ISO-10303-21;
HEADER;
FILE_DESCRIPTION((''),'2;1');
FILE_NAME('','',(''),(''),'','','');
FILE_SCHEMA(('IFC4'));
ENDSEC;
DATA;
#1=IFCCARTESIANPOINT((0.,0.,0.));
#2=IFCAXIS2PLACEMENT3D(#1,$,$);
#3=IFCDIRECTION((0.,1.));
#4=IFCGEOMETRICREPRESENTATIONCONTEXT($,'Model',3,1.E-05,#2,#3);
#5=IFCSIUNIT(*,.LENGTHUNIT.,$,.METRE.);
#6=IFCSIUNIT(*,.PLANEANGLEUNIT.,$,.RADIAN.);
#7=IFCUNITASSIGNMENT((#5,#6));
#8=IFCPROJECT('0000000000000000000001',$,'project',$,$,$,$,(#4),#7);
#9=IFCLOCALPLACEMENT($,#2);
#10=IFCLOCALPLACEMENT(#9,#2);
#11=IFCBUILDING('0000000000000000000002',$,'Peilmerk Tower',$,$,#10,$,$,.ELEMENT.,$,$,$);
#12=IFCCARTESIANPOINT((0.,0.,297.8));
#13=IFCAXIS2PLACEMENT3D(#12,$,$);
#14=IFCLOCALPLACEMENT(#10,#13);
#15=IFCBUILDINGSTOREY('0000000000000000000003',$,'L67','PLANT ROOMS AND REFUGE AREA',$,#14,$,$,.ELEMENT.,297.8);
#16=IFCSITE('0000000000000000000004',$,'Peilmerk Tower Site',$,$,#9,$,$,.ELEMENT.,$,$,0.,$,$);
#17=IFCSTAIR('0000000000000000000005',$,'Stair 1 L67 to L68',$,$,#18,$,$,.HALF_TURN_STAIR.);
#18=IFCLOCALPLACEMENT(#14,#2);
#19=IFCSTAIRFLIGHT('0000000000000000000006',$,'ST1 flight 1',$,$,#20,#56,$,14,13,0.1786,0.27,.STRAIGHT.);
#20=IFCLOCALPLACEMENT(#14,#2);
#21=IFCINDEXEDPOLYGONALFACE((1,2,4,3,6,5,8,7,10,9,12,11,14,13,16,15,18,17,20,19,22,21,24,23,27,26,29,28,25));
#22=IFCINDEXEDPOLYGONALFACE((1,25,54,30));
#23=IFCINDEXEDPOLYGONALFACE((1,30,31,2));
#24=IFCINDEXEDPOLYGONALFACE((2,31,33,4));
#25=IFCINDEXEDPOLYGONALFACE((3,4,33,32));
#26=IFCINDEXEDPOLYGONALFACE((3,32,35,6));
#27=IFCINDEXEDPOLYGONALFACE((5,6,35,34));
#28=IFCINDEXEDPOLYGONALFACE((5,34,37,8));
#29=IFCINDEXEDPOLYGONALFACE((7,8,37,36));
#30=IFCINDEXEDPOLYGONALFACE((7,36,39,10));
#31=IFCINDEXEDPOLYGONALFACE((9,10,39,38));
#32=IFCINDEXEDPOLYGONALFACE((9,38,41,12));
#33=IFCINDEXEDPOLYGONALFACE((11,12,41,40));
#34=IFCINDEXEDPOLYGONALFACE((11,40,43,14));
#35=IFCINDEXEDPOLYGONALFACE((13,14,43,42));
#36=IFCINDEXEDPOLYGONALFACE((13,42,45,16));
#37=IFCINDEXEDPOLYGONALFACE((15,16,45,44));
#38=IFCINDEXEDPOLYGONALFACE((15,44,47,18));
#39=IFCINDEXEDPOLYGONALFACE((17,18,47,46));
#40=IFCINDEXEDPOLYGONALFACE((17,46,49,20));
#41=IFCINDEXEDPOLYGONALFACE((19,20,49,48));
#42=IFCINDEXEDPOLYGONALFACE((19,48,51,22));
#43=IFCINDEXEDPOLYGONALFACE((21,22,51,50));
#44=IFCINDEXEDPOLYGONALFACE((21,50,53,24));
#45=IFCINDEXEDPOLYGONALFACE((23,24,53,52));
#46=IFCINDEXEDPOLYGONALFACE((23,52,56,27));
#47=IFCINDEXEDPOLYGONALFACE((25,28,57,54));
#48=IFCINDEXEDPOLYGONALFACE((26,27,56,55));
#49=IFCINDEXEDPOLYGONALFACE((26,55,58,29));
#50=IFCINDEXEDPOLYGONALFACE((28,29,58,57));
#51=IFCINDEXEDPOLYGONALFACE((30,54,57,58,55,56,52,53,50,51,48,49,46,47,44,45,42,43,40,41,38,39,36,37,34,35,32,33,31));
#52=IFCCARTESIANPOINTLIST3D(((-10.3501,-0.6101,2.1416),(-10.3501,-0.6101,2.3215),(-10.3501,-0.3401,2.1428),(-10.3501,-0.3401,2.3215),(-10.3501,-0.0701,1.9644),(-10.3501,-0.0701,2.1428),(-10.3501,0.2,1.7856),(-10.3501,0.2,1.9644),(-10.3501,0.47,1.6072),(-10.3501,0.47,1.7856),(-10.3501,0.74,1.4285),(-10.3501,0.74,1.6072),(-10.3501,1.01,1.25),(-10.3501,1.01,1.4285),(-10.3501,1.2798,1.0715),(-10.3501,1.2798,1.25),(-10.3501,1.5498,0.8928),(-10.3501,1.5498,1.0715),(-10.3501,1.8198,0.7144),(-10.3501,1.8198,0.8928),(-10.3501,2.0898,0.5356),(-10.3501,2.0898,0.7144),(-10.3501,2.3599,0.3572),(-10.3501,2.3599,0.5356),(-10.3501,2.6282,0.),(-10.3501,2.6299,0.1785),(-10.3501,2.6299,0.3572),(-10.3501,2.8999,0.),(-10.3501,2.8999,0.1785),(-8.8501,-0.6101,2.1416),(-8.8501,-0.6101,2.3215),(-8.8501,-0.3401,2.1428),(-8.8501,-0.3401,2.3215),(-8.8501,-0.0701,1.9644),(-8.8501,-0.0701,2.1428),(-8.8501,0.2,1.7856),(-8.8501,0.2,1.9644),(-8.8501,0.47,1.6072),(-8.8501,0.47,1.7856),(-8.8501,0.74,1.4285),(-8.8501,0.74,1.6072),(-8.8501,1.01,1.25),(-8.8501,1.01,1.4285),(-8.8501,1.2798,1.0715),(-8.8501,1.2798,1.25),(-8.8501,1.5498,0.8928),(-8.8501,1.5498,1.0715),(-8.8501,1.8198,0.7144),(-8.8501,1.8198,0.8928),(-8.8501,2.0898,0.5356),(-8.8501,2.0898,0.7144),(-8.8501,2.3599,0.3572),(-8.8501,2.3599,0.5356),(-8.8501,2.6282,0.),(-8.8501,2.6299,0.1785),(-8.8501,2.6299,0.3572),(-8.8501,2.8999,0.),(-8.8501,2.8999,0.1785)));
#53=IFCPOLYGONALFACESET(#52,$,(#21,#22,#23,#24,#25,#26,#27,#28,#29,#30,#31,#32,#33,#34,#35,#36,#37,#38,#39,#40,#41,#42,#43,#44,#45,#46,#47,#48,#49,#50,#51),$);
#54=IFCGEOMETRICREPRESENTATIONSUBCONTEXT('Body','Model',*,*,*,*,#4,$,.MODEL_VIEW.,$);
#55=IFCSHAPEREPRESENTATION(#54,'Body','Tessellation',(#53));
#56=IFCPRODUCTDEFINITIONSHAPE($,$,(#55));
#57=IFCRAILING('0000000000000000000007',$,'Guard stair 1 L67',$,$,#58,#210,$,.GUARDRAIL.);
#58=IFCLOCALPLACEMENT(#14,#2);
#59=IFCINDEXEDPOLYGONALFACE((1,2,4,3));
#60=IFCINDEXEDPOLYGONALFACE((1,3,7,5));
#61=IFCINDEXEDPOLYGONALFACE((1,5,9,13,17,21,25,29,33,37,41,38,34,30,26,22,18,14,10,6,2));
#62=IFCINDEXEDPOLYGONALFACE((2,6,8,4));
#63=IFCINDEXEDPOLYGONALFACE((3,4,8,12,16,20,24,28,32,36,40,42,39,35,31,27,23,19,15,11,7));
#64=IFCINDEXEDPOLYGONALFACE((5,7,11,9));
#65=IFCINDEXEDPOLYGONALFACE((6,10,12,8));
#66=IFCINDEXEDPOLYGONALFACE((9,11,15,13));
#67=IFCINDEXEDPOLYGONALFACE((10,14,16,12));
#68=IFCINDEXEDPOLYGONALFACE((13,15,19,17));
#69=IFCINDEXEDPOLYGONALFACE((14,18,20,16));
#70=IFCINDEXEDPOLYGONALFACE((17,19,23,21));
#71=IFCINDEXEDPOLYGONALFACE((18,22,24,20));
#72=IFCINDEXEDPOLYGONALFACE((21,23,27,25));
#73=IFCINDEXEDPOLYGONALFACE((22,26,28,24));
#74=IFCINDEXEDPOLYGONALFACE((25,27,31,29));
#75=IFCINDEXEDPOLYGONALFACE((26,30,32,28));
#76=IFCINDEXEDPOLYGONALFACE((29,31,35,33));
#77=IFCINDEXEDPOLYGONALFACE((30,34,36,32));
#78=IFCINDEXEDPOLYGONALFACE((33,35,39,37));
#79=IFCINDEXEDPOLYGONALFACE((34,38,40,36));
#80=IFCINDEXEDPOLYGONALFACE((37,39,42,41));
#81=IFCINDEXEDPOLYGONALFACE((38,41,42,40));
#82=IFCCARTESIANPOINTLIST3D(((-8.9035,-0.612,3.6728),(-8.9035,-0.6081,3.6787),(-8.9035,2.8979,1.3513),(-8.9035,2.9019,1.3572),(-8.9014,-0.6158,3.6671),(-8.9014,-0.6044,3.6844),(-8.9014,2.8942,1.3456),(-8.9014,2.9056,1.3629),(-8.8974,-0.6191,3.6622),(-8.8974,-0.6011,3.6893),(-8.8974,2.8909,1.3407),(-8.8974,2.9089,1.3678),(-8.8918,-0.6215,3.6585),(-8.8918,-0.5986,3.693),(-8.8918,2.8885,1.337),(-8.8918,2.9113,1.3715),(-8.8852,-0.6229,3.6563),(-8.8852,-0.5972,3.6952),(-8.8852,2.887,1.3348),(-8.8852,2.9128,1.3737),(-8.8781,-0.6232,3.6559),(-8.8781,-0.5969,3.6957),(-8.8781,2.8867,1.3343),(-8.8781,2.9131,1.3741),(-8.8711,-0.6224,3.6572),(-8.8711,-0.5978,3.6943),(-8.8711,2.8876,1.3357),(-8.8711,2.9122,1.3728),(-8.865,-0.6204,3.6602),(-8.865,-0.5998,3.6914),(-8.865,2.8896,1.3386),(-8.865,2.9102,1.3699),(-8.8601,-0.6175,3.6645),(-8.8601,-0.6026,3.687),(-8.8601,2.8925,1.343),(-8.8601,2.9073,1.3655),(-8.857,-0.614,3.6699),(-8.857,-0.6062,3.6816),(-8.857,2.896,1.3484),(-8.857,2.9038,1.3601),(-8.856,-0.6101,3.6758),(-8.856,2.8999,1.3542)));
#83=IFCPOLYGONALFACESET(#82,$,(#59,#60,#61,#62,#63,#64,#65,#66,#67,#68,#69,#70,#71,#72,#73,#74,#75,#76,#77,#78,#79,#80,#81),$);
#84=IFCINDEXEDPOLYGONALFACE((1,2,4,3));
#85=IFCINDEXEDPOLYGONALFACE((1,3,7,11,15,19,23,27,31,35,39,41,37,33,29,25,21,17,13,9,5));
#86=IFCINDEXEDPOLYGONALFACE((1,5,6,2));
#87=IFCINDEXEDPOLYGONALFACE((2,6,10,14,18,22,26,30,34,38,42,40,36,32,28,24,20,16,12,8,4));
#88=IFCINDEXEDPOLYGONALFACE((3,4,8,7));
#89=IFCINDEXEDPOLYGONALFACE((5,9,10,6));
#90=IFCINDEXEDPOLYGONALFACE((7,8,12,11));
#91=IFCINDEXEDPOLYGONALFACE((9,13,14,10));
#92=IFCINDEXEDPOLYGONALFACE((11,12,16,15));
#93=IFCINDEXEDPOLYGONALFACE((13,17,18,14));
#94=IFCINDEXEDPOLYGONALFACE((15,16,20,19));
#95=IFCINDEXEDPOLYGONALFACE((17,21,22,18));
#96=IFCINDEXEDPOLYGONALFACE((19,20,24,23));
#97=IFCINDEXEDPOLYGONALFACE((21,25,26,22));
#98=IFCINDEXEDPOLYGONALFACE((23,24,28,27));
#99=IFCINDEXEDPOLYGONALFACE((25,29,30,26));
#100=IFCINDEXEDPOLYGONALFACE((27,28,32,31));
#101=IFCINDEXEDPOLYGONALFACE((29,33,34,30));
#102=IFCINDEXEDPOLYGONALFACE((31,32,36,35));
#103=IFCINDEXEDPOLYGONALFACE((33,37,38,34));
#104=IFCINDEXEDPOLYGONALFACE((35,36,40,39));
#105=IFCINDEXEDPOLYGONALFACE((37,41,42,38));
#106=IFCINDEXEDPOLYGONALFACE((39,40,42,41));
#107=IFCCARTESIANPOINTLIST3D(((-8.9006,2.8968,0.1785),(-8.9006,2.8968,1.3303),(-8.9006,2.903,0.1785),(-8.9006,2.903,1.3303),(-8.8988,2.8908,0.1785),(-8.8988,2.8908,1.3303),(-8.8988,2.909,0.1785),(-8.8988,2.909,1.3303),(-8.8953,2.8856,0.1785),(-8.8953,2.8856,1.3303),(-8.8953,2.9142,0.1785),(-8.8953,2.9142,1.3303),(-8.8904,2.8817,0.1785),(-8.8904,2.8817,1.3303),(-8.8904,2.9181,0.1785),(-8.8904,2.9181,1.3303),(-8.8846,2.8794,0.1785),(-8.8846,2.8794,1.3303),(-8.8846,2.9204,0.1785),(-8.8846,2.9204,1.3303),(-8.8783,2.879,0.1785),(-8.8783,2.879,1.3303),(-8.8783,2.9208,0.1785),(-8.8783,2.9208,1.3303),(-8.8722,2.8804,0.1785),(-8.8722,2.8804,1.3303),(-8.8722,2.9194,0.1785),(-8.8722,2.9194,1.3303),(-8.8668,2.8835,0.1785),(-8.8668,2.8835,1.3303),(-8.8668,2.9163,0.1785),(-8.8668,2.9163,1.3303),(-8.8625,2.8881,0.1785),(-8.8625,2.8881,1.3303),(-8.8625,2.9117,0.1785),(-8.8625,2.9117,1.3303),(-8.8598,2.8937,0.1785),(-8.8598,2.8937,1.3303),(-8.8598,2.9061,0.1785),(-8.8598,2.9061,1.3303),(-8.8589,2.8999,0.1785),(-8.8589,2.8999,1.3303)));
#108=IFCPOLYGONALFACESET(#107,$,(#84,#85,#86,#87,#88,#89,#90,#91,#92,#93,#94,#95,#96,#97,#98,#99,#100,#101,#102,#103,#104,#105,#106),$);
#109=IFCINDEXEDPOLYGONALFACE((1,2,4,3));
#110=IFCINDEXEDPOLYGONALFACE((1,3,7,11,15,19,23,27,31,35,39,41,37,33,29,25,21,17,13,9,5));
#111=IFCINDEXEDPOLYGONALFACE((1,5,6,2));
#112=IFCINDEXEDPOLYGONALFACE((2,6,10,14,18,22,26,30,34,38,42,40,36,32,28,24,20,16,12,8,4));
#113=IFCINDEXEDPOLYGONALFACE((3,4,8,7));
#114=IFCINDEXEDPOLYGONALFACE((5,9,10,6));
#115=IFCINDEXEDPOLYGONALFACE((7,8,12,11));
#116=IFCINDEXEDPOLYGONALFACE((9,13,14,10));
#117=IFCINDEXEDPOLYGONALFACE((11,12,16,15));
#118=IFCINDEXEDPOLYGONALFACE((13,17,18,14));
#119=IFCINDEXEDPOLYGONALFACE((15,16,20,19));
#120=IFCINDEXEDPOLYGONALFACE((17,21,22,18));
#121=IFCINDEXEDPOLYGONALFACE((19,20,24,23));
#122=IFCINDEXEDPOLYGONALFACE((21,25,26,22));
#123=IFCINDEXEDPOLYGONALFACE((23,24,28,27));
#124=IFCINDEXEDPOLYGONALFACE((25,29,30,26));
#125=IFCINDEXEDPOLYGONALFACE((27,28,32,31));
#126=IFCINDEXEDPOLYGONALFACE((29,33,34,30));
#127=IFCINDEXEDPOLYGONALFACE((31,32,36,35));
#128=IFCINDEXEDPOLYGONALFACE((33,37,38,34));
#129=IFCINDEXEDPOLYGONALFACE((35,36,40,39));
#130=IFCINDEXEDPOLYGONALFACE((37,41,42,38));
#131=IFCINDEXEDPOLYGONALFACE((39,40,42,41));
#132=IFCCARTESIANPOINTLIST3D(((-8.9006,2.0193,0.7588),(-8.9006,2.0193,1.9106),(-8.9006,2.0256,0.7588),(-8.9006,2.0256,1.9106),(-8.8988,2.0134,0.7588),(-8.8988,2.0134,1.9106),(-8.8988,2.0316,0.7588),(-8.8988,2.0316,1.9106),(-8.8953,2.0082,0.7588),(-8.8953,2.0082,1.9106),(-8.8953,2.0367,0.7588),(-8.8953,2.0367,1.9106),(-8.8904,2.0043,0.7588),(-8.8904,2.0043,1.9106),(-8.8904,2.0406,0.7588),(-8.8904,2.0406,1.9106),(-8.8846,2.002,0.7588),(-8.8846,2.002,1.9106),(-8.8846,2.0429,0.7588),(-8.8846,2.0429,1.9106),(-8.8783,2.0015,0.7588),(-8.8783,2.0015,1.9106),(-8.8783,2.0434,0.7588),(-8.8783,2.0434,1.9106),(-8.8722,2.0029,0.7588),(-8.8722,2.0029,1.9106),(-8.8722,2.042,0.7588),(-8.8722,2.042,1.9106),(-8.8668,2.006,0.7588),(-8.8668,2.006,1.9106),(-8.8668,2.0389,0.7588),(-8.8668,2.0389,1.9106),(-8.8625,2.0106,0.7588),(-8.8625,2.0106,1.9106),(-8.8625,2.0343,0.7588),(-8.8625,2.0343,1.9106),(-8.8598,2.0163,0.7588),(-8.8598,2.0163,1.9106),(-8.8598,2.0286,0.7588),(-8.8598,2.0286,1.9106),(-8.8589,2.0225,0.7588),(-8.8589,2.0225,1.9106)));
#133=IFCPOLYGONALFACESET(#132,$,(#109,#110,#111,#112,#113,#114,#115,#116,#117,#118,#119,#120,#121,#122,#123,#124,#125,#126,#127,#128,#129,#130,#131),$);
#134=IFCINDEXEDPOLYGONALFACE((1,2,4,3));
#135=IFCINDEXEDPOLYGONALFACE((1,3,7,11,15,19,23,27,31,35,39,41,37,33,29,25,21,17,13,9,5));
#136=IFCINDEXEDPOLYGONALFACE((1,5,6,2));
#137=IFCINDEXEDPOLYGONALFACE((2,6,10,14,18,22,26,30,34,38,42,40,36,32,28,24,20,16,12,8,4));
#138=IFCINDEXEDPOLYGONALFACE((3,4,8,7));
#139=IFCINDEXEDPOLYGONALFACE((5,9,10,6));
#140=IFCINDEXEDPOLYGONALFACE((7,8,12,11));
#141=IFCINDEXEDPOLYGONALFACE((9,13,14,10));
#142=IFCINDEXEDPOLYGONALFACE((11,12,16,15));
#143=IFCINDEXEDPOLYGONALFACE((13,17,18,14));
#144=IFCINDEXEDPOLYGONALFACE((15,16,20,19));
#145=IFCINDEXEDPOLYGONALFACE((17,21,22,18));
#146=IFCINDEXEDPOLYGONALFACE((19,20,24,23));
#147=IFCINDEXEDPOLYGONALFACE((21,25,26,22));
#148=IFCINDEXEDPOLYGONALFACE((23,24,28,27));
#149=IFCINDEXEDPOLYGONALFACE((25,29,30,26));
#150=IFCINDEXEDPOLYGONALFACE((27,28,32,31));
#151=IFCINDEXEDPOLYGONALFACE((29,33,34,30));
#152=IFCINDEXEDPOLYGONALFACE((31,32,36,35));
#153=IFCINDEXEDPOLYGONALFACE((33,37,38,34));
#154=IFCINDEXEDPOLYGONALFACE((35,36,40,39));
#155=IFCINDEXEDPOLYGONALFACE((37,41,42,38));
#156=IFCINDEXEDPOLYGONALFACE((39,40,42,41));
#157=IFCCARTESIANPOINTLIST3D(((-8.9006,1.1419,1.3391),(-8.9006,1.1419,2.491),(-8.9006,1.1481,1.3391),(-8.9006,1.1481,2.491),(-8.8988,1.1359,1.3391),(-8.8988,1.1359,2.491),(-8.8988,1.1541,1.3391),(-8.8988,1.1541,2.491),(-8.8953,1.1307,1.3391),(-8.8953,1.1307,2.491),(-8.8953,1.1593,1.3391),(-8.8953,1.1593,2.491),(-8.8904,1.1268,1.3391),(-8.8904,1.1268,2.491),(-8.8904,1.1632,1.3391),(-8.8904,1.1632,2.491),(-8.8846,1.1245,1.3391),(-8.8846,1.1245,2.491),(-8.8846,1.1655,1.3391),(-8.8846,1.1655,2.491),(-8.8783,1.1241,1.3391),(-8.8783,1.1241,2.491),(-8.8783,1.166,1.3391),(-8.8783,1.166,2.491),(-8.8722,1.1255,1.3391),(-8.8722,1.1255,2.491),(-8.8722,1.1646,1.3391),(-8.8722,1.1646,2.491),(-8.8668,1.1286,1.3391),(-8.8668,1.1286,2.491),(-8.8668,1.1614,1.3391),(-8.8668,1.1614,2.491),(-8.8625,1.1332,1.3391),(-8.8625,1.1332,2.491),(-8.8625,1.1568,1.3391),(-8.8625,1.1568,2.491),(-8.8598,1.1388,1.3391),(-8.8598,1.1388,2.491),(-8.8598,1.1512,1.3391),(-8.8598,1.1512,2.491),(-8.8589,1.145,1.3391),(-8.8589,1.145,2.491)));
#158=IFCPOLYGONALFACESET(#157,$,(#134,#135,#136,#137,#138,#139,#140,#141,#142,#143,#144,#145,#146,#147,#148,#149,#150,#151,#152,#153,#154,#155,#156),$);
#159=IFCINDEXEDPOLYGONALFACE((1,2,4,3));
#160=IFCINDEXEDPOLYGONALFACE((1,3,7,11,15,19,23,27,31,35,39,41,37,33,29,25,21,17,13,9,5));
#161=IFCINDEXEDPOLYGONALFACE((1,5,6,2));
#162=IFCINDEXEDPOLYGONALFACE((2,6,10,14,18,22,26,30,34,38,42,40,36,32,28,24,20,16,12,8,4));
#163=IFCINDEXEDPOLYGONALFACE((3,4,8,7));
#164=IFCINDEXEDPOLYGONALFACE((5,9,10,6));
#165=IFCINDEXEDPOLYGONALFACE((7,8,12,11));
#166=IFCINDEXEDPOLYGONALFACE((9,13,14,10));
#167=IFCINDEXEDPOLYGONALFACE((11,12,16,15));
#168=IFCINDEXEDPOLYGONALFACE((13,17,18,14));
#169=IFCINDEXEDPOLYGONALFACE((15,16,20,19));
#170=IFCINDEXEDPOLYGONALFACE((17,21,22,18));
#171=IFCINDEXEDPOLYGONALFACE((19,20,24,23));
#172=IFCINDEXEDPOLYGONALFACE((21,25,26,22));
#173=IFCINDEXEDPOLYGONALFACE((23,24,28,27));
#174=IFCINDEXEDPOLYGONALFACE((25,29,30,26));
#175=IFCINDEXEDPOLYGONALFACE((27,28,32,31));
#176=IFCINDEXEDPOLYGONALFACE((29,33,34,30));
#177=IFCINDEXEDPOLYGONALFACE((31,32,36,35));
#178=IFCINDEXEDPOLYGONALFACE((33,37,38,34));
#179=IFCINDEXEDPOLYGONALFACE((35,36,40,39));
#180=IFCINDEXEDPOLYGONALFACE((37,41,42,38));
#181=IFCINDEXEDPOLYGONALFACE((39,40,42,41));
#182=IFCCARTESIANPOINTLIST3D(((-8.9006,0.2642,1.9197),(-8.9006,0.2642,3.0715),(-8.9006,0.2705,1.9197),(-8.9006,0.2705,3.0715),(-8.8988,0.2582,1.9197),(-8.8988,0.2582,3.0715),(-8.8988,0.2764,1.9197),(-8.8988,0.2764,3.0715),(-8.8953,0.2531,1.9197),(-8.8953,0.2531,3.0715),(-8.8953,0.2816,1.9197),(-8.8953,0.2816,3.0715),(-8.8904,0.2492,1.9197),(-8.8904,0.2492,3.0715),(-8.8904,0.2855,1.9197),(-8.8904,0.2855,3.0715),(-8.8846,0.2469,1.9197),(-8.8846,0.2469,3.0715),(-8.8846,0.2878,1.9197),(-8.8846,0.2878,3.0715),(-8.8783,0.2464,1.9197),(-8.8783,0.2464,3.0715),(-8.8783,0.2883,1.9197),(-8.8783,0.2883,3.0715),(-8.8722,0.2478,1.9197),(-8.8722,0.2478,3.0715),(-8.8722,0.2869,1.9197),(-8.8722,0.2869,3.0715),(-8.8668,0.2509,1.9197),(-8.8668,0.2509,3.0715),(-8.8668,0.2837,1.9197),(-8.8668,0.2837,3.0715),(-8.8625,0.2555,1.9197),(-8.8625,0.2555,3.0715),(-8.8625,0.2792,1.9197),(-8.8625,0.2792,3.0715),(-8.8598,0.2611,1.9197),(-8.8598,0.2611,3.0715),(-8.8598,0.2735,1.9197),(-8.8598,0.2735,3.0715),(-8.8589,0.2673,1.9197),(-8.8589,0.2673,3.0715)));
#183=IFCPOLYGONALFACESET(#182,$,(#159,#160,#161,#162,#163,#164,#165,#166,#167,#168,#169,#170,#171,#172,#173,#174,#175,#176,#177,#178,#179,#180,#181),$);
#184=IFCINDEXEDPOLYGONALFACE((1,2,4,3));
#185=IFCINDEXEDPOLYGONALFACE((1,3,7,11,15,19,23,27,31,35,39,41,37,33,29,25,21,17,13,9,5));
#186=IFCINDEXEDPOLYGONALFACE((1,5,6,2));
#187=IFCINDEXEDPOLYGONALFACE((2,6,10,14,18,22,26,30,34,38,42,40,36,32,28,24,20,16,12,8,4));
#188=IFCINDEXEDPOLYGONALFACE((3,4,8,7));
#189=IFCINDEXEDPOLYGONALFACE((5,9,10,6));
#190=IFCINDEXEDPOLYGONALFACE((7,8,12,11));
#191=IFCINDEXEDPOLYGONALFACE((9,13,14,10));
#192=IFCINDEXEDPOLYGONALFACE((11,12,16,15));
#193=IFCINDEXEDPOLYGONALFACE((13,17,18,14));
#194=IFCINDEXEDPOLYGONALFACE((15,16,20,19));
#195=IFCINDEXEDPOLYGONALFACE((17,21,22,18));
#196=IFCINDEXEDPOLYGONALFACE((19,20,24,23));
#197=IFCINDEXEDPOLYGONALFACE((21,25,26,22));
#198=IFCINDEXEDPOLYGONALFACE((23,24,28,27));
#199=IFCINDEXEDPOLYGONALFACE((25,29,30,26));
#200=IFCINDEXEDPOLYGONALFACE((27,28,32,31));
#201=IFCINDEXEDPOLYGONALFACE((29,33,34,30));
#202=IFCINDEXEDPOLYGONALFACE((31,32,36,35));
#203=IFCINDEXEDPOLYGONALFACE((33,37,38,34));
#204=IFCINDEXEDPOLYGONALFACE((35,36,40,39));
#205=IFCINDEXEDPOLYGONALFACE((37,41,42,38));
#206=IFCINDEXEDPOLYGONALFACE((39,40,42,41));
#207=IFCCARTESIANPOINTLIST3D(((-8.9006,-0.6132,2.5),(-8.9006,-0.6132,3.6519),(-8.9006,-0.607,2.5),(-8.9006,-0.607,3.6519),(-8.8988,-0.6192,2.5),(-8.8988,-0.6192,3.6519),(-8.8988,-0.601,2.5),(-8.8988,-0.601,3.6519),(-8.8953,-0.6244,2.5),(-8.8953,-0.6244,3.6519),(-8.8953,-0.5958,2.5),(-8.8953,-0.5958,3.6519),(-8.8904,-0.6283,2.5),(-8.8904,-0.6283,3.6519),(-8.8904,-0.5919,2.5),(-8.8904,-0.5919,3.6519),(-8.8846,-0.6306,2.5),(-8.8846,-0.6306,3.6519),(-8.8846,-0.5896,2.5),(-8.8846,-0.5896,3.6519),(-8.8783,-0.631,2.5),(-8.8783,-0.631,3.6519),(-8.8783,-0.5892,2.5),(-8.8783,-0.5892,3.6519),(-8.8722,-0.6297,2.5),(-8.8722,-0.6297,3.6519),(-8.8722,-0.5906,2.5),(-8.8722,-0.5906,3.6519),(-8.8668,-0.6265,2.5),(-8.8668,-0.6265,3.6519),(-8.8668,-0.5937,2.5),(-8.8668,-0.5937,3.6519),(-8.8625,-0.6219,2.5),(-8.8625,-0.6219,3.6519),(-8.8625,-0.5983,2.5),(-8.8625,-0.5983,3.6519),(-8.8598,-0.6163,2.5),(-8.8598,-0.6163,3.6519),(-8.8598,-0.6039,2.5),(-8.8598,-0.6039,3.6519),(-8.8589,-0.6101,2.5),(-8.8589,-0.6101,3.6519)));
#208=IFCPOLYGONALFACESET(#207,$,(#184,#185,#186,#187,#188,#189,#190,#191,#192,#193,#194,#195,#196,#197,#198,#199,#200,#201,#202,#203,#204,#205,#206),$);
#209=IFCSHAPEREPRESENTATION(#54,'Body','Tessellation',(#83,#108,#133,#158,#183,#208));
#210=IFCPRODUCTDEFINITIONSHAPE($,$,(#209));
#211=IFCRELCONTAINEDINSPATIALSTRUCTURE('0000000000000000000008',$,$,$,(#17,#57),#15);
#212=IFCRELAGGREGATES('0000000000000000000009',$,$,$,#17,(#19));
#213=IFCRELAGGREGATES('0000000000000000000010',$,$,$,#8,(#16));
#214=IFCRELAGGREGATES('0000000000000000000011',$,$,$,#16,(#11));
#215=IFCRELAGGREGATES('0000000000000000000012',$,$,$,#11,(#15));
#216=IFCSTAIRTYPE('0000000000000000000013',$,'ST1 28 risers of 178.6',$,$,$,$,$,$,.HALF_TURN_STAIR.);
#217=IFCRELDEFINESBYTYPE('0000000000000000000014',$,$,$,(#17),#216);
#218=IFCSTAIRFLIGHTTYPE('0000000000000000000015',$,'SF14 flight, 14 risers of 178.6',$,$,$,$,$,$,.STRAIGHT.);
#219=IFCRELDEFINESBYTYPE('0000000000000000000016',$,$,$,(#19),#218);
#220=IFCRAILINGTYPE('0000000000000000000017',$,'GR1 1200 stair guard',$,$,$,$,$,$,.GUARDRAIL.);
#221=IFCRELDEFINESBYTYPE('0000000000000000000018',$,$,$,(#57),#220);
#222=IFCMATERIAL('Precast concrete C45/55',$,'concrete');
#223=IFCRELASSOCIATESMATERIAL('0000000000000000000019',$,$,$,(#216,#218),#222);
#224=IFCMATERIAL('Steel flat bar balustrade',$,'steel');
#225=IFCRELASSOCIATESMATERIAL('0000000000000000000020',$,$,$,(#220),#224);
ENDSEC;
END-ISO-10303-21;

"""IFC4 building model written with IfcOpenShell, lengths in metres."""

from ifc_helpers import new_model, si_unit, direction, frame, origin, origin_2d, place, context, subcontext, project, spatial, polyline, circle, outline, extrude, material, type_object, element, aggregate, save


model = new_model("IFC4")

# Units and contexts
model_context = context("Model", 3, precision=1e-05, world=origin(), true_north=direction((0.0, 1.0)))
body_context = subcontext(model_context, "Body", "Model", "MODEL_VIEW")
ifc_project = project(units=[si_unit("LENGTHUNIT", "METRE"), si_unit("PLANEANGLEUNIT", "RADIAN")], contexts=[model_context])

# Site, building, storey
site_placement = place(None, origin())
site = spatial("IfcSite", under=ifc_project, at=site_placement, Name="Peilmerk Tower Site", CompositionType="ELEMENT", RefElevation=0.0)
building_placement = place(site_placement, origin())
building = spatial("IfcBuilding", under=site, at=building_placement, Name="Peilmerk Tower", CompositionType="ELEMENT")
storey_placement = place(building_placement, frame((0.0, 0.0, 297.8)))
storey = spatial("IfcBuildingStorey", under=building, at=storey_placement, Name="L67", Description="PLANT ROOMS AND REFUGE AREA", CompositionType="ELEMENT", Elevation=297.8)

# Stair, stair flight
ifc_material_1 = material(Name="Precast concrete C45/55", Category="concrete")
stair_type = type_object("IfcStairType", Name="ST1 28 risers of 178.6", PredefinedType="HALF_TURN_STAIR", material=ifc_material_1)
stair_placement = place(storey_placement, origin())
stair = element("IfcStair", 1, at=stair_placement, inside=storey, type_object=stair_type, Name="Stair 1 L67 to L68", PredefinedType="HALF_TURN_STAIR")
stair_flight_type = type_object("IfcStairFlightType", Name="SF14 flight, 14 risers of 178.6", PredefinedType="STRAIGHT", material=ifc_material_1)
stair_flight_placement = place(storey_placement, frame((-9.6001, 2.8999, 0.0), z_axis=(0.0, 0.0, 1.0), x_axis=(0.0, -1.0, 0.0)))
stair_flight = element("IfcStairFlight", 2, at=stair_flight_placement, type_object=stair_flight_type, Name="ST1 flight 1", NumberOfRisers=14, NumberOfTreads=13, PredefinedType="STRAIGHT", RiserHeight=0.1786, TreadLength=0.27, context=body_context, shape_type="SweptSolid", body=[
    extrude(outline(polyline([(0.0, 0.0), (0.0, 0.1785), (0.27, 0.1785), (0.27, 0.3572), (0.54, 0.3572), (0.54, 0.5356), (0.8101, 0.5356), (0.8101, 0.7144), (1.0801, 0.7144), (1.0801, 0.8928), (1.3501, 0.8928), (1.3501, 1.0715), (1.6201, 1.0715), (1.6201, 1.25), (1.8899, 1.25), (1.8899, 1.4285), (2.1599, 1.4285), (2.1599, 1.6072), (2.4299, 1.6072), (2.4299, 1.7856), (2.7, 1.7856), (2.7, 1.9644), (2.97, 1.9644), (2.97, 2.1428), (3.24, 2.1428), (3.24, 2.3215), (3.51, 2.3215), (3.51, 2.5), (3.51, 2.1416), (0.2717, 0.0), (0.0, 0.0)])), frame((0.0, 0.75, 0.0), z_axis=(0.0, -1.0, 0.0), x_axis=(1.0, 0.0, 0.0)), (0.0, 0.0, 1.0), 1.5),
])
aggregate(stair, [stair_flight])

# Railing
ifc_material_2 = material(Name="Steel flat bar balustrade", Category="steel")
railing_type_1 = type_object("IfcRailingType", Name="GR1 1200 stair guard", PredefinedType="GUARDRAIL", material=ifc_material_2)
railing_1_placement = place(storey_placement, frame((-8.8799, 2.8999, 0.1785)))
element("IfcRailing", 3, at=railing_1_placement, inside=storey, type_object=railing_type_1, Name="Guard stair 1 L67", PredefinedType="GUARDRAIL", context=body_context, shape_type="SweptSolid", body=[
    extrude(circle(Radius=0.0239, at=origin_2d()), frame((0.0, 0.0, 1.1758), z_axis=(0.0, -0.834071, 0.551657), x_axis=(1.0, 0.0, 0.0)), (0.0, 0.0, 1.0), 4.2083),
    extrude(circle(Radius=0.021, at=origin_2d()), origin(), (0.0, 0.0, 1.0), 1.1519),
    extrude(circle(Radius=0.021, at=origin_2d()), frame((0.0, -0.8774, 0.5803)), (0.0, 0.0, 1.0), 1.1519),
    extrude(circle(Radius=0.021, at=origin_2d()), frame((0.0, -1.7549, 1.1606)), (0.0, 0.0, 1.0), 1.1519),
    extrude(circle(Radius=0.021, at=origin_2d()), frame((0.0, -2.6326, 1.7412)), (0.0, 0.0, 1.0), 1.1519),
    extrude(circle(Radius=0.021, at=origin_2d()), frame((0.0, -3.51, 2.3215)), (0.0, 0.0, 1.0), 1.1519),
])

save(model, "model.ifc")
